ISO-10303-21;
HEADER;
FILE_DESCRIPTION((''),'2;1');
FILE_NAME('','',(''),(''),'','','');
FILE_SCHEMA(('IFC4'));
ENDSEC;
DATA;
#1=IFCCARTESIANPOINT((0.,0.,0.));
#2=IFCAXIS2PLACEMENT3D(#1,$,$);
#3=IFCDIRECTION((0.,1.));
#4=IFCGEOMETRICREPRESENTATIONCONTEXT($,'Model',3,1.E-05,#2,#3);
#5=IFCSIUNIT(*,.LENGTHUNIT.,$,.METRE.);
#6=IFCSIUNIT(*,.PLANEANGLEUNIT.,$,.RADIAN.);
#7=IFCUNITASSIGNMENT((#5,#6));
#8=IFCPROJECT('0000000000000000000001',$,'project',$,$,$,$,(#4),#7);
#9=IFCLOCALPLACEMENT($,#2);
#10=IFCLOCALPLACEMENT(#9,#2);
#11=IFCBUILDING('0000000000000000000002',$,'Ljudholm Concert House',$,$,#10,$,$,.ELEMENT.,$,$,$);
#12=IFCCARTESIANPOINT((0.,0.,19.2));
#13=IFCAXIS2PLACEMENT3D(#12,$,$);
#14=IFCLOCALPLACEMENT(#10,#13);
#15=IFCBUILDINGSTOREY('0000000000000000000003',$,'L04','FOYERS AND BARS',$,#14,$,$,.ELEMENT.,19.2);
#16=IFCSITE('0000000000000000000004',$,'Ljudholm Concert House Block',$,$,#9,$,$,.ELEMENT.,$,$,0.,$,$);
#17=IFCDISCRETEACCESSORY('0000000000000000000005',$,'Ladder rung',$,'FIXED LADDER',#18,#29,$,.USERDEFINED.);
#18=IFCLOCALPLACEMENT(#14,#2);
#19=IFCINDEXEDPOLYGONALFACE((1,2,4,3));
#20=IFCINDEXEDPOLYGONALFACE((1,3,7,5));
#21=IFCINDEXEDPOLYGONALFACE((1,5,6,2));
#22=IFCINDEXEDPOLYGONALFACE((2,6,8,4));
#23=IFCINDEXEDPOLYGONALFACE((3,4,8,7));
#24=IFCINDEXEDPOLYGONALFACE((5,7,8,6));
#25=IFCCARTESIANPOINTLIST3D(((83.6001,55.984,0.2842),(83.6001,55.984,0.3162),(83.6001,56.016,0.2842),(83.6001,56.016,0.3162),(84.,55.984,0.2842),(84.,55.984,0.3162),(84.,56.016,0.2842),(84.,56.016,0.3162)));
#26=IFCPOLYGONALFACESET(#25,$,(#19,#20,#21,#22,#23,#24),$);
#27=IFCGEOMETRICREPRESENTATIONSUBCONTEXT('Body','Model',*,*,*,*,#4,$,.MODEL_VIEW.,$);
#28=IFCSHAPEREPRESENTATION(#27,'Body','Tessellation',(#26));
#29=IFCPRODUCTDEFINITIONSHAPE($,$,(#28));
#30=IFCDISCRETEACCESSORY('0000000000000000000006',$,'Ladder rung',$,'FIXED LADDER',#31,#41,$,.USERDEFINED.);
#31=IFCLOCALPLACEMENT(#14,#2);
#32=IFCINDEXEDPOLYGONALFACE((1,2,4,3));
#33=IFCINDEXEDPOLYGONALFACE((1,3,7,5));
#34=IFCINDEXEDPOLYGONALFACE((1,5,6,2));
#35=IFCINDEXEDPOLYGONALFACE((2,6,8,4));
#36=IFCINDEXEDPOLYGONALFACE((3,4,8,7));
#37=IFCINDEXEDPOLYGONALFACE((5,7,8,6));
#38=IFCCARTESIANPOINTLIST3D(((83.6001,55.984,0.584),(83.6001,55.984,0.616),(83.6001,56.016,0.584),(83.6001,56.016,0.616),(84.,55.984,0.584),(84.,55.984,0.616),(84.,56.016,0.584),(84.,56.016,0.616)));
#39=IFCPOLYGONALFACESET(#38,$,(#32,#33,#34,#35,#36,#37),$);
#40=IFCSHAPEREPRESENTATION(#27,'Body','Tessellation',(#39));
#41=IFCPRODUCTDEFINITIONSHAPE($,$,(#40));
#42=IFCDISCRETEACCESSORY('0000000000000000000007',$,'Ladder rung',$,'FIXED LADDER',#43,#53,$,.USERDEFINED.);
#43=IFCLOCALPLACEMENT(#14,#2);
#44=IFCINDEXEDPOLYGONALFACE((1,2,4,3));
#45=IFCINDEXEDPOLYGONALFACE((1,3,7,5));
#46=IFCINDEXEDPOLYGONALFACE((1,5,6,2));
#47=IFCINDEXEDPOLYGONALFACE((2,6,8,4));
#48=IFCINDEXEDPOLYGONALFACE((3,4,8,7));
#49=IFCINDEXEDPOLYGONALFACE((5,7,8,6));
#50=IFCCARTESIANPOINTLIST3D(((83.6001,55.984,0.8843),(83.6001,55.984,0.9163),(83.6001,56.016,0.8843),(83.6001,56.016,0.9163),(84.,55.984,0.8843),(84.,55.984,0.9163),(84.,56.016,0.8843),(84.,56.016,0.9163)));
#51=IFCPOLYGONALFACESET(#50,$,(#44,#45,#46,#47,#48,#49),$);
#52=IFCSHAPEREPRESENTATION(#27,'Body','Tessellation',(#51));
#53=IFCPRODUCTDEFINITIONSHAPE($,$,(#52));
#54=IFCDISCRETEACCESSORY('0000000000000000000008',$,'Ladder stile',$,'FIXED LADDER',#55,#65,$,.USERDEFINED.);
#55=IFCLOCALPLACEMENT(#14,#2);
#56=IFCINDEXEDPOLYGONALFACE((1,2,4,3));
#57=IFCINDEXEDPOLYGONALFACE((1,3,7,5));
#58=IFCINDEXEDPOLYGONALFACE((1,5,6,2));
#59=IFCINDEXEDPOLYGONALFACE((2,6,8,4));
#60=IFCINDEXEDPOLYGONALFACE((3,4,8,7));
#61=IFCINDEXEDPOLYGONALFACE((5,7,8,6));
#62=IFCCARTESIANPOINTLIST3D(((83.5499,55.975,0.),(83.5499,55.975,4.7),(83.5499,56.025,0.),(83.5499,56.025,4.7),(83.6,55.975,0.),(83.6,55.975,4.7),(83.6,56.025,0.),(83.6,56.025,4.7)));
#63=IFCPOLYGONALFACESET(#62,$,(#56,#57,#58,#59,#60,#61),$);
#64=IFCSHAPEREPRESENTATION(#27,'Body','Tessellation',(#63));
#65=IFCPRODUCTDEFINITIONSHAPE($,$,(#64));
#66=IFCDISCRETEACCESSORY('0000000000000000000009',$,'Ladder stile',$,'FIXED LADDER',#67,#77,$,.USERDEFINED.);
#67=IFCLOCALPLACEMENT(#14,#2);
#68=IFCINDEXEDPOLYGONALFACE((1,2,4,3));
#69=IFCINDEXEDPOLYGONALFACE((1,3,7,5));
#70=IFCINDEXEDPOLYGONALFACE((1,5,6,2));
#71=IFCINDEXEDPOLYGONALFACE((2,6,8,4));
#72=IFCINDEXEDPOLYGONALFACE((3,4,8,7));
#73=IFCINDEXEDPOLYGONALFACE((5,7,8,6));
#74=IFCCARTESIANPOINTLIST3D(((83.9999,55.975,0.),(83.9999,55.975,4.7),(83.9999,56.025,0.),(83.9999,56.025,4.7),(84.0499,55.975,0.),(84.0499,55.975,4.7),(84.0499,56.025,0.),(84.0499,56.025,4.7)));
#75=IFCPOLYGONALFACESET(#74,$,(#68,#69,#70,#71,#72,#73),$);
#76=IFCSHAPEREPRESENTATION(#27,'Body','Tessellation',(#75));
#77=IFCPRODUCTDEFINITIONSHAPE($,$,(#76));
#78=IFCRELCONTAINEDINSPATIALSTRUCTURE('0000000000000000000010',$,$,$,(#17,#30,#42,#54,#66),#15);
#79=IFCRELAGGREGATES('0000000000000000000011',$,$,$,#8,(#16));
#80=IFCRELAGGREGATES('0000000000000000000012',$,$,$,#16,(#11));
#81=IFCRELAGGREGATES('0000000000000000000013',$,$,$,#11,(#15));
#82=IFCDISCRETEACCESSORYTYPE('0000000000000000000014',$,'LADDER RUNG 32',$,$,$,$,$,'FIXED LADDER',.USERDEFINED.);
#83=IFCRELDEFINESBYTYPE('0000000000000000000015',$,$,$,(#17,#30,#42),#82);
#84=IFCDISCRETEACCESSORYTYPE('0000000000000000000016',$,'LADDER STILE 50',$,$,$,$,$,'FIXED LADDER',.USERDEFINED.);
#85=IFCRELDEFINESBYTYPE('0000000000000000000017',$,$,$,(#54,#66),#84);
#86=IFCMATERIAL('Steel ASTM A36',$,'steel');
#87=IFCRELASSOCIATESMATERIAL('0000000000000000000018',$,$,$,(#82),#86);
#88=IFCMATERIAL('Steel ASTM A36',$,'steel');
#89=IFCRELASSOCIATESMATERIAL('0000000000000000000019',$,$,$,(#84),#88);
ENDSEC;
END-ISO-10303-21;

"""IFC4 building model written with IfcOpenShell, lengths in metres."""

from ifc_helpers import new_model, si_unit, direction, frame, origin, origin_2d, place, context, subcontext, project, spatial, rectangle, extrude, material, type_object, element, save


model = new_model("IFC4")

# Units and contexts
model_context = context("Model", 3, precision=1e-05, world=origin(), true_north=direction((0.0, 1.0)))
body_context = subcontext(model_context, "Body", "Model", "MODEL_VIEW")
ifc_project = project(units=[si_unit("LENGTHUNIT", "METRE"), si_unit("PLANEANGLEUNIT", "RADIAN")], contexts=[model_context])

# Site, building, storey
site_placement = place(None, origin())
site = spatial("IfcSite", under=ifc_project, at=site_placement, Name="Ljudholm Concert House Block", CompositionType="ELEMENT", RefElevation=0.0)
building_placement = place(site_placement, origin())
building = spatial("IfcBuilding", under=site, at=building_placement, Name="Ljudholm Concert House", CompositionType="ELEMENT")
storey_placement = place(building_placement, frame((0.0, 0.0, 19.2)))
storey = spatial("IfcBuildingStorey", under=building, at=storey_placement, Name="L04", Description="FOYERS AND BARS", CompositionType="ELEMENT", Elevation=19.2)

# Discrete accessories
ifc_material_1 = material(Name="Steel ASTM A36", Category="steel")
discrete_accessory_type_1 = type_object("IfcDiscreteAccessoryType", Name="LADDER RUNG 32", ElementType="FIXED LADDER", PredefinedType="USERDEFINED", material=ifc_material_1)
for number, where, z_axis, x_axis, name in (
    (1, (83.8, 56.0, 0.2842), (0.0, 0.0, 1.0), (1.0, 0.0, 0.0), "Ladder rung"),
    (2, (83.8, 56.0, 0.584), (0.0, 0.0, 1.0), (1.0, 0.0, 0.0), "Ladder rung"),
    (3, (83.8, 56.0, 0.8843), (0.0, 0.0, 1.0), (1.0, 0.0, 0.0), "Ladder rung"),
):
    element("IfcDiscreteAccessory", number, at=place(storey_placement, frame(where, z_axis=z_axis, x_axis=x_axis)), inside=storey, type_object=discrete_accessory_type_1, Name=name, ObjectType="FIXED LADDER", PredefinedType="USERDEFINED", context=body_context, shape_type="SweptSolid", body=[
        extrude(rectangle(XDim=0.3999, YDim=0.032, at=origin_2d()), origin(), (0.0, 0.0, 1.0), 0.032),
    ])
ifc_material_2 = material(Name="Steel ASTM A36", Category="steel")
discrete_accessory_type_2 = type_object("IfcDiscreteAccessoryType", Name="LADDER STILE 50", ElementType="FIXED LADDER", PredefinedType="USERDEFINED", material=ifc_material_2)
for number, where, z_axis, x_axis, name in (
    (4, (83.575, 56.0, 0.0), (0.0, 0.0, 1.0), (1.0, 0.0, 0.0), "Ladder stile"),
    (5, (84.0249, 56.0, 0.0), (0.0, 0.0, 1.0), (1.0, 0.0, 0.0), "Ladder stile"),
):
    element("IfcDiscreteAccessory", number, at=place(storey_placement, frame(where, z_axis=z_axis, x_axis=x_axis)), inside=storey, type_object=discrete_accessory_type_2, Name=name, ObjectType="FIXED LADDER", PredefinedType="USERDEFINED", context=body_context, shape_type="SweptSolid", body=[
        extrude(rectangle(XDim=0.05, YDim=0.05, at=origin_2d()), origin(), (0.0, 0.0, 1.0), 4.7),
    ])

save(model, "model.ifc")
